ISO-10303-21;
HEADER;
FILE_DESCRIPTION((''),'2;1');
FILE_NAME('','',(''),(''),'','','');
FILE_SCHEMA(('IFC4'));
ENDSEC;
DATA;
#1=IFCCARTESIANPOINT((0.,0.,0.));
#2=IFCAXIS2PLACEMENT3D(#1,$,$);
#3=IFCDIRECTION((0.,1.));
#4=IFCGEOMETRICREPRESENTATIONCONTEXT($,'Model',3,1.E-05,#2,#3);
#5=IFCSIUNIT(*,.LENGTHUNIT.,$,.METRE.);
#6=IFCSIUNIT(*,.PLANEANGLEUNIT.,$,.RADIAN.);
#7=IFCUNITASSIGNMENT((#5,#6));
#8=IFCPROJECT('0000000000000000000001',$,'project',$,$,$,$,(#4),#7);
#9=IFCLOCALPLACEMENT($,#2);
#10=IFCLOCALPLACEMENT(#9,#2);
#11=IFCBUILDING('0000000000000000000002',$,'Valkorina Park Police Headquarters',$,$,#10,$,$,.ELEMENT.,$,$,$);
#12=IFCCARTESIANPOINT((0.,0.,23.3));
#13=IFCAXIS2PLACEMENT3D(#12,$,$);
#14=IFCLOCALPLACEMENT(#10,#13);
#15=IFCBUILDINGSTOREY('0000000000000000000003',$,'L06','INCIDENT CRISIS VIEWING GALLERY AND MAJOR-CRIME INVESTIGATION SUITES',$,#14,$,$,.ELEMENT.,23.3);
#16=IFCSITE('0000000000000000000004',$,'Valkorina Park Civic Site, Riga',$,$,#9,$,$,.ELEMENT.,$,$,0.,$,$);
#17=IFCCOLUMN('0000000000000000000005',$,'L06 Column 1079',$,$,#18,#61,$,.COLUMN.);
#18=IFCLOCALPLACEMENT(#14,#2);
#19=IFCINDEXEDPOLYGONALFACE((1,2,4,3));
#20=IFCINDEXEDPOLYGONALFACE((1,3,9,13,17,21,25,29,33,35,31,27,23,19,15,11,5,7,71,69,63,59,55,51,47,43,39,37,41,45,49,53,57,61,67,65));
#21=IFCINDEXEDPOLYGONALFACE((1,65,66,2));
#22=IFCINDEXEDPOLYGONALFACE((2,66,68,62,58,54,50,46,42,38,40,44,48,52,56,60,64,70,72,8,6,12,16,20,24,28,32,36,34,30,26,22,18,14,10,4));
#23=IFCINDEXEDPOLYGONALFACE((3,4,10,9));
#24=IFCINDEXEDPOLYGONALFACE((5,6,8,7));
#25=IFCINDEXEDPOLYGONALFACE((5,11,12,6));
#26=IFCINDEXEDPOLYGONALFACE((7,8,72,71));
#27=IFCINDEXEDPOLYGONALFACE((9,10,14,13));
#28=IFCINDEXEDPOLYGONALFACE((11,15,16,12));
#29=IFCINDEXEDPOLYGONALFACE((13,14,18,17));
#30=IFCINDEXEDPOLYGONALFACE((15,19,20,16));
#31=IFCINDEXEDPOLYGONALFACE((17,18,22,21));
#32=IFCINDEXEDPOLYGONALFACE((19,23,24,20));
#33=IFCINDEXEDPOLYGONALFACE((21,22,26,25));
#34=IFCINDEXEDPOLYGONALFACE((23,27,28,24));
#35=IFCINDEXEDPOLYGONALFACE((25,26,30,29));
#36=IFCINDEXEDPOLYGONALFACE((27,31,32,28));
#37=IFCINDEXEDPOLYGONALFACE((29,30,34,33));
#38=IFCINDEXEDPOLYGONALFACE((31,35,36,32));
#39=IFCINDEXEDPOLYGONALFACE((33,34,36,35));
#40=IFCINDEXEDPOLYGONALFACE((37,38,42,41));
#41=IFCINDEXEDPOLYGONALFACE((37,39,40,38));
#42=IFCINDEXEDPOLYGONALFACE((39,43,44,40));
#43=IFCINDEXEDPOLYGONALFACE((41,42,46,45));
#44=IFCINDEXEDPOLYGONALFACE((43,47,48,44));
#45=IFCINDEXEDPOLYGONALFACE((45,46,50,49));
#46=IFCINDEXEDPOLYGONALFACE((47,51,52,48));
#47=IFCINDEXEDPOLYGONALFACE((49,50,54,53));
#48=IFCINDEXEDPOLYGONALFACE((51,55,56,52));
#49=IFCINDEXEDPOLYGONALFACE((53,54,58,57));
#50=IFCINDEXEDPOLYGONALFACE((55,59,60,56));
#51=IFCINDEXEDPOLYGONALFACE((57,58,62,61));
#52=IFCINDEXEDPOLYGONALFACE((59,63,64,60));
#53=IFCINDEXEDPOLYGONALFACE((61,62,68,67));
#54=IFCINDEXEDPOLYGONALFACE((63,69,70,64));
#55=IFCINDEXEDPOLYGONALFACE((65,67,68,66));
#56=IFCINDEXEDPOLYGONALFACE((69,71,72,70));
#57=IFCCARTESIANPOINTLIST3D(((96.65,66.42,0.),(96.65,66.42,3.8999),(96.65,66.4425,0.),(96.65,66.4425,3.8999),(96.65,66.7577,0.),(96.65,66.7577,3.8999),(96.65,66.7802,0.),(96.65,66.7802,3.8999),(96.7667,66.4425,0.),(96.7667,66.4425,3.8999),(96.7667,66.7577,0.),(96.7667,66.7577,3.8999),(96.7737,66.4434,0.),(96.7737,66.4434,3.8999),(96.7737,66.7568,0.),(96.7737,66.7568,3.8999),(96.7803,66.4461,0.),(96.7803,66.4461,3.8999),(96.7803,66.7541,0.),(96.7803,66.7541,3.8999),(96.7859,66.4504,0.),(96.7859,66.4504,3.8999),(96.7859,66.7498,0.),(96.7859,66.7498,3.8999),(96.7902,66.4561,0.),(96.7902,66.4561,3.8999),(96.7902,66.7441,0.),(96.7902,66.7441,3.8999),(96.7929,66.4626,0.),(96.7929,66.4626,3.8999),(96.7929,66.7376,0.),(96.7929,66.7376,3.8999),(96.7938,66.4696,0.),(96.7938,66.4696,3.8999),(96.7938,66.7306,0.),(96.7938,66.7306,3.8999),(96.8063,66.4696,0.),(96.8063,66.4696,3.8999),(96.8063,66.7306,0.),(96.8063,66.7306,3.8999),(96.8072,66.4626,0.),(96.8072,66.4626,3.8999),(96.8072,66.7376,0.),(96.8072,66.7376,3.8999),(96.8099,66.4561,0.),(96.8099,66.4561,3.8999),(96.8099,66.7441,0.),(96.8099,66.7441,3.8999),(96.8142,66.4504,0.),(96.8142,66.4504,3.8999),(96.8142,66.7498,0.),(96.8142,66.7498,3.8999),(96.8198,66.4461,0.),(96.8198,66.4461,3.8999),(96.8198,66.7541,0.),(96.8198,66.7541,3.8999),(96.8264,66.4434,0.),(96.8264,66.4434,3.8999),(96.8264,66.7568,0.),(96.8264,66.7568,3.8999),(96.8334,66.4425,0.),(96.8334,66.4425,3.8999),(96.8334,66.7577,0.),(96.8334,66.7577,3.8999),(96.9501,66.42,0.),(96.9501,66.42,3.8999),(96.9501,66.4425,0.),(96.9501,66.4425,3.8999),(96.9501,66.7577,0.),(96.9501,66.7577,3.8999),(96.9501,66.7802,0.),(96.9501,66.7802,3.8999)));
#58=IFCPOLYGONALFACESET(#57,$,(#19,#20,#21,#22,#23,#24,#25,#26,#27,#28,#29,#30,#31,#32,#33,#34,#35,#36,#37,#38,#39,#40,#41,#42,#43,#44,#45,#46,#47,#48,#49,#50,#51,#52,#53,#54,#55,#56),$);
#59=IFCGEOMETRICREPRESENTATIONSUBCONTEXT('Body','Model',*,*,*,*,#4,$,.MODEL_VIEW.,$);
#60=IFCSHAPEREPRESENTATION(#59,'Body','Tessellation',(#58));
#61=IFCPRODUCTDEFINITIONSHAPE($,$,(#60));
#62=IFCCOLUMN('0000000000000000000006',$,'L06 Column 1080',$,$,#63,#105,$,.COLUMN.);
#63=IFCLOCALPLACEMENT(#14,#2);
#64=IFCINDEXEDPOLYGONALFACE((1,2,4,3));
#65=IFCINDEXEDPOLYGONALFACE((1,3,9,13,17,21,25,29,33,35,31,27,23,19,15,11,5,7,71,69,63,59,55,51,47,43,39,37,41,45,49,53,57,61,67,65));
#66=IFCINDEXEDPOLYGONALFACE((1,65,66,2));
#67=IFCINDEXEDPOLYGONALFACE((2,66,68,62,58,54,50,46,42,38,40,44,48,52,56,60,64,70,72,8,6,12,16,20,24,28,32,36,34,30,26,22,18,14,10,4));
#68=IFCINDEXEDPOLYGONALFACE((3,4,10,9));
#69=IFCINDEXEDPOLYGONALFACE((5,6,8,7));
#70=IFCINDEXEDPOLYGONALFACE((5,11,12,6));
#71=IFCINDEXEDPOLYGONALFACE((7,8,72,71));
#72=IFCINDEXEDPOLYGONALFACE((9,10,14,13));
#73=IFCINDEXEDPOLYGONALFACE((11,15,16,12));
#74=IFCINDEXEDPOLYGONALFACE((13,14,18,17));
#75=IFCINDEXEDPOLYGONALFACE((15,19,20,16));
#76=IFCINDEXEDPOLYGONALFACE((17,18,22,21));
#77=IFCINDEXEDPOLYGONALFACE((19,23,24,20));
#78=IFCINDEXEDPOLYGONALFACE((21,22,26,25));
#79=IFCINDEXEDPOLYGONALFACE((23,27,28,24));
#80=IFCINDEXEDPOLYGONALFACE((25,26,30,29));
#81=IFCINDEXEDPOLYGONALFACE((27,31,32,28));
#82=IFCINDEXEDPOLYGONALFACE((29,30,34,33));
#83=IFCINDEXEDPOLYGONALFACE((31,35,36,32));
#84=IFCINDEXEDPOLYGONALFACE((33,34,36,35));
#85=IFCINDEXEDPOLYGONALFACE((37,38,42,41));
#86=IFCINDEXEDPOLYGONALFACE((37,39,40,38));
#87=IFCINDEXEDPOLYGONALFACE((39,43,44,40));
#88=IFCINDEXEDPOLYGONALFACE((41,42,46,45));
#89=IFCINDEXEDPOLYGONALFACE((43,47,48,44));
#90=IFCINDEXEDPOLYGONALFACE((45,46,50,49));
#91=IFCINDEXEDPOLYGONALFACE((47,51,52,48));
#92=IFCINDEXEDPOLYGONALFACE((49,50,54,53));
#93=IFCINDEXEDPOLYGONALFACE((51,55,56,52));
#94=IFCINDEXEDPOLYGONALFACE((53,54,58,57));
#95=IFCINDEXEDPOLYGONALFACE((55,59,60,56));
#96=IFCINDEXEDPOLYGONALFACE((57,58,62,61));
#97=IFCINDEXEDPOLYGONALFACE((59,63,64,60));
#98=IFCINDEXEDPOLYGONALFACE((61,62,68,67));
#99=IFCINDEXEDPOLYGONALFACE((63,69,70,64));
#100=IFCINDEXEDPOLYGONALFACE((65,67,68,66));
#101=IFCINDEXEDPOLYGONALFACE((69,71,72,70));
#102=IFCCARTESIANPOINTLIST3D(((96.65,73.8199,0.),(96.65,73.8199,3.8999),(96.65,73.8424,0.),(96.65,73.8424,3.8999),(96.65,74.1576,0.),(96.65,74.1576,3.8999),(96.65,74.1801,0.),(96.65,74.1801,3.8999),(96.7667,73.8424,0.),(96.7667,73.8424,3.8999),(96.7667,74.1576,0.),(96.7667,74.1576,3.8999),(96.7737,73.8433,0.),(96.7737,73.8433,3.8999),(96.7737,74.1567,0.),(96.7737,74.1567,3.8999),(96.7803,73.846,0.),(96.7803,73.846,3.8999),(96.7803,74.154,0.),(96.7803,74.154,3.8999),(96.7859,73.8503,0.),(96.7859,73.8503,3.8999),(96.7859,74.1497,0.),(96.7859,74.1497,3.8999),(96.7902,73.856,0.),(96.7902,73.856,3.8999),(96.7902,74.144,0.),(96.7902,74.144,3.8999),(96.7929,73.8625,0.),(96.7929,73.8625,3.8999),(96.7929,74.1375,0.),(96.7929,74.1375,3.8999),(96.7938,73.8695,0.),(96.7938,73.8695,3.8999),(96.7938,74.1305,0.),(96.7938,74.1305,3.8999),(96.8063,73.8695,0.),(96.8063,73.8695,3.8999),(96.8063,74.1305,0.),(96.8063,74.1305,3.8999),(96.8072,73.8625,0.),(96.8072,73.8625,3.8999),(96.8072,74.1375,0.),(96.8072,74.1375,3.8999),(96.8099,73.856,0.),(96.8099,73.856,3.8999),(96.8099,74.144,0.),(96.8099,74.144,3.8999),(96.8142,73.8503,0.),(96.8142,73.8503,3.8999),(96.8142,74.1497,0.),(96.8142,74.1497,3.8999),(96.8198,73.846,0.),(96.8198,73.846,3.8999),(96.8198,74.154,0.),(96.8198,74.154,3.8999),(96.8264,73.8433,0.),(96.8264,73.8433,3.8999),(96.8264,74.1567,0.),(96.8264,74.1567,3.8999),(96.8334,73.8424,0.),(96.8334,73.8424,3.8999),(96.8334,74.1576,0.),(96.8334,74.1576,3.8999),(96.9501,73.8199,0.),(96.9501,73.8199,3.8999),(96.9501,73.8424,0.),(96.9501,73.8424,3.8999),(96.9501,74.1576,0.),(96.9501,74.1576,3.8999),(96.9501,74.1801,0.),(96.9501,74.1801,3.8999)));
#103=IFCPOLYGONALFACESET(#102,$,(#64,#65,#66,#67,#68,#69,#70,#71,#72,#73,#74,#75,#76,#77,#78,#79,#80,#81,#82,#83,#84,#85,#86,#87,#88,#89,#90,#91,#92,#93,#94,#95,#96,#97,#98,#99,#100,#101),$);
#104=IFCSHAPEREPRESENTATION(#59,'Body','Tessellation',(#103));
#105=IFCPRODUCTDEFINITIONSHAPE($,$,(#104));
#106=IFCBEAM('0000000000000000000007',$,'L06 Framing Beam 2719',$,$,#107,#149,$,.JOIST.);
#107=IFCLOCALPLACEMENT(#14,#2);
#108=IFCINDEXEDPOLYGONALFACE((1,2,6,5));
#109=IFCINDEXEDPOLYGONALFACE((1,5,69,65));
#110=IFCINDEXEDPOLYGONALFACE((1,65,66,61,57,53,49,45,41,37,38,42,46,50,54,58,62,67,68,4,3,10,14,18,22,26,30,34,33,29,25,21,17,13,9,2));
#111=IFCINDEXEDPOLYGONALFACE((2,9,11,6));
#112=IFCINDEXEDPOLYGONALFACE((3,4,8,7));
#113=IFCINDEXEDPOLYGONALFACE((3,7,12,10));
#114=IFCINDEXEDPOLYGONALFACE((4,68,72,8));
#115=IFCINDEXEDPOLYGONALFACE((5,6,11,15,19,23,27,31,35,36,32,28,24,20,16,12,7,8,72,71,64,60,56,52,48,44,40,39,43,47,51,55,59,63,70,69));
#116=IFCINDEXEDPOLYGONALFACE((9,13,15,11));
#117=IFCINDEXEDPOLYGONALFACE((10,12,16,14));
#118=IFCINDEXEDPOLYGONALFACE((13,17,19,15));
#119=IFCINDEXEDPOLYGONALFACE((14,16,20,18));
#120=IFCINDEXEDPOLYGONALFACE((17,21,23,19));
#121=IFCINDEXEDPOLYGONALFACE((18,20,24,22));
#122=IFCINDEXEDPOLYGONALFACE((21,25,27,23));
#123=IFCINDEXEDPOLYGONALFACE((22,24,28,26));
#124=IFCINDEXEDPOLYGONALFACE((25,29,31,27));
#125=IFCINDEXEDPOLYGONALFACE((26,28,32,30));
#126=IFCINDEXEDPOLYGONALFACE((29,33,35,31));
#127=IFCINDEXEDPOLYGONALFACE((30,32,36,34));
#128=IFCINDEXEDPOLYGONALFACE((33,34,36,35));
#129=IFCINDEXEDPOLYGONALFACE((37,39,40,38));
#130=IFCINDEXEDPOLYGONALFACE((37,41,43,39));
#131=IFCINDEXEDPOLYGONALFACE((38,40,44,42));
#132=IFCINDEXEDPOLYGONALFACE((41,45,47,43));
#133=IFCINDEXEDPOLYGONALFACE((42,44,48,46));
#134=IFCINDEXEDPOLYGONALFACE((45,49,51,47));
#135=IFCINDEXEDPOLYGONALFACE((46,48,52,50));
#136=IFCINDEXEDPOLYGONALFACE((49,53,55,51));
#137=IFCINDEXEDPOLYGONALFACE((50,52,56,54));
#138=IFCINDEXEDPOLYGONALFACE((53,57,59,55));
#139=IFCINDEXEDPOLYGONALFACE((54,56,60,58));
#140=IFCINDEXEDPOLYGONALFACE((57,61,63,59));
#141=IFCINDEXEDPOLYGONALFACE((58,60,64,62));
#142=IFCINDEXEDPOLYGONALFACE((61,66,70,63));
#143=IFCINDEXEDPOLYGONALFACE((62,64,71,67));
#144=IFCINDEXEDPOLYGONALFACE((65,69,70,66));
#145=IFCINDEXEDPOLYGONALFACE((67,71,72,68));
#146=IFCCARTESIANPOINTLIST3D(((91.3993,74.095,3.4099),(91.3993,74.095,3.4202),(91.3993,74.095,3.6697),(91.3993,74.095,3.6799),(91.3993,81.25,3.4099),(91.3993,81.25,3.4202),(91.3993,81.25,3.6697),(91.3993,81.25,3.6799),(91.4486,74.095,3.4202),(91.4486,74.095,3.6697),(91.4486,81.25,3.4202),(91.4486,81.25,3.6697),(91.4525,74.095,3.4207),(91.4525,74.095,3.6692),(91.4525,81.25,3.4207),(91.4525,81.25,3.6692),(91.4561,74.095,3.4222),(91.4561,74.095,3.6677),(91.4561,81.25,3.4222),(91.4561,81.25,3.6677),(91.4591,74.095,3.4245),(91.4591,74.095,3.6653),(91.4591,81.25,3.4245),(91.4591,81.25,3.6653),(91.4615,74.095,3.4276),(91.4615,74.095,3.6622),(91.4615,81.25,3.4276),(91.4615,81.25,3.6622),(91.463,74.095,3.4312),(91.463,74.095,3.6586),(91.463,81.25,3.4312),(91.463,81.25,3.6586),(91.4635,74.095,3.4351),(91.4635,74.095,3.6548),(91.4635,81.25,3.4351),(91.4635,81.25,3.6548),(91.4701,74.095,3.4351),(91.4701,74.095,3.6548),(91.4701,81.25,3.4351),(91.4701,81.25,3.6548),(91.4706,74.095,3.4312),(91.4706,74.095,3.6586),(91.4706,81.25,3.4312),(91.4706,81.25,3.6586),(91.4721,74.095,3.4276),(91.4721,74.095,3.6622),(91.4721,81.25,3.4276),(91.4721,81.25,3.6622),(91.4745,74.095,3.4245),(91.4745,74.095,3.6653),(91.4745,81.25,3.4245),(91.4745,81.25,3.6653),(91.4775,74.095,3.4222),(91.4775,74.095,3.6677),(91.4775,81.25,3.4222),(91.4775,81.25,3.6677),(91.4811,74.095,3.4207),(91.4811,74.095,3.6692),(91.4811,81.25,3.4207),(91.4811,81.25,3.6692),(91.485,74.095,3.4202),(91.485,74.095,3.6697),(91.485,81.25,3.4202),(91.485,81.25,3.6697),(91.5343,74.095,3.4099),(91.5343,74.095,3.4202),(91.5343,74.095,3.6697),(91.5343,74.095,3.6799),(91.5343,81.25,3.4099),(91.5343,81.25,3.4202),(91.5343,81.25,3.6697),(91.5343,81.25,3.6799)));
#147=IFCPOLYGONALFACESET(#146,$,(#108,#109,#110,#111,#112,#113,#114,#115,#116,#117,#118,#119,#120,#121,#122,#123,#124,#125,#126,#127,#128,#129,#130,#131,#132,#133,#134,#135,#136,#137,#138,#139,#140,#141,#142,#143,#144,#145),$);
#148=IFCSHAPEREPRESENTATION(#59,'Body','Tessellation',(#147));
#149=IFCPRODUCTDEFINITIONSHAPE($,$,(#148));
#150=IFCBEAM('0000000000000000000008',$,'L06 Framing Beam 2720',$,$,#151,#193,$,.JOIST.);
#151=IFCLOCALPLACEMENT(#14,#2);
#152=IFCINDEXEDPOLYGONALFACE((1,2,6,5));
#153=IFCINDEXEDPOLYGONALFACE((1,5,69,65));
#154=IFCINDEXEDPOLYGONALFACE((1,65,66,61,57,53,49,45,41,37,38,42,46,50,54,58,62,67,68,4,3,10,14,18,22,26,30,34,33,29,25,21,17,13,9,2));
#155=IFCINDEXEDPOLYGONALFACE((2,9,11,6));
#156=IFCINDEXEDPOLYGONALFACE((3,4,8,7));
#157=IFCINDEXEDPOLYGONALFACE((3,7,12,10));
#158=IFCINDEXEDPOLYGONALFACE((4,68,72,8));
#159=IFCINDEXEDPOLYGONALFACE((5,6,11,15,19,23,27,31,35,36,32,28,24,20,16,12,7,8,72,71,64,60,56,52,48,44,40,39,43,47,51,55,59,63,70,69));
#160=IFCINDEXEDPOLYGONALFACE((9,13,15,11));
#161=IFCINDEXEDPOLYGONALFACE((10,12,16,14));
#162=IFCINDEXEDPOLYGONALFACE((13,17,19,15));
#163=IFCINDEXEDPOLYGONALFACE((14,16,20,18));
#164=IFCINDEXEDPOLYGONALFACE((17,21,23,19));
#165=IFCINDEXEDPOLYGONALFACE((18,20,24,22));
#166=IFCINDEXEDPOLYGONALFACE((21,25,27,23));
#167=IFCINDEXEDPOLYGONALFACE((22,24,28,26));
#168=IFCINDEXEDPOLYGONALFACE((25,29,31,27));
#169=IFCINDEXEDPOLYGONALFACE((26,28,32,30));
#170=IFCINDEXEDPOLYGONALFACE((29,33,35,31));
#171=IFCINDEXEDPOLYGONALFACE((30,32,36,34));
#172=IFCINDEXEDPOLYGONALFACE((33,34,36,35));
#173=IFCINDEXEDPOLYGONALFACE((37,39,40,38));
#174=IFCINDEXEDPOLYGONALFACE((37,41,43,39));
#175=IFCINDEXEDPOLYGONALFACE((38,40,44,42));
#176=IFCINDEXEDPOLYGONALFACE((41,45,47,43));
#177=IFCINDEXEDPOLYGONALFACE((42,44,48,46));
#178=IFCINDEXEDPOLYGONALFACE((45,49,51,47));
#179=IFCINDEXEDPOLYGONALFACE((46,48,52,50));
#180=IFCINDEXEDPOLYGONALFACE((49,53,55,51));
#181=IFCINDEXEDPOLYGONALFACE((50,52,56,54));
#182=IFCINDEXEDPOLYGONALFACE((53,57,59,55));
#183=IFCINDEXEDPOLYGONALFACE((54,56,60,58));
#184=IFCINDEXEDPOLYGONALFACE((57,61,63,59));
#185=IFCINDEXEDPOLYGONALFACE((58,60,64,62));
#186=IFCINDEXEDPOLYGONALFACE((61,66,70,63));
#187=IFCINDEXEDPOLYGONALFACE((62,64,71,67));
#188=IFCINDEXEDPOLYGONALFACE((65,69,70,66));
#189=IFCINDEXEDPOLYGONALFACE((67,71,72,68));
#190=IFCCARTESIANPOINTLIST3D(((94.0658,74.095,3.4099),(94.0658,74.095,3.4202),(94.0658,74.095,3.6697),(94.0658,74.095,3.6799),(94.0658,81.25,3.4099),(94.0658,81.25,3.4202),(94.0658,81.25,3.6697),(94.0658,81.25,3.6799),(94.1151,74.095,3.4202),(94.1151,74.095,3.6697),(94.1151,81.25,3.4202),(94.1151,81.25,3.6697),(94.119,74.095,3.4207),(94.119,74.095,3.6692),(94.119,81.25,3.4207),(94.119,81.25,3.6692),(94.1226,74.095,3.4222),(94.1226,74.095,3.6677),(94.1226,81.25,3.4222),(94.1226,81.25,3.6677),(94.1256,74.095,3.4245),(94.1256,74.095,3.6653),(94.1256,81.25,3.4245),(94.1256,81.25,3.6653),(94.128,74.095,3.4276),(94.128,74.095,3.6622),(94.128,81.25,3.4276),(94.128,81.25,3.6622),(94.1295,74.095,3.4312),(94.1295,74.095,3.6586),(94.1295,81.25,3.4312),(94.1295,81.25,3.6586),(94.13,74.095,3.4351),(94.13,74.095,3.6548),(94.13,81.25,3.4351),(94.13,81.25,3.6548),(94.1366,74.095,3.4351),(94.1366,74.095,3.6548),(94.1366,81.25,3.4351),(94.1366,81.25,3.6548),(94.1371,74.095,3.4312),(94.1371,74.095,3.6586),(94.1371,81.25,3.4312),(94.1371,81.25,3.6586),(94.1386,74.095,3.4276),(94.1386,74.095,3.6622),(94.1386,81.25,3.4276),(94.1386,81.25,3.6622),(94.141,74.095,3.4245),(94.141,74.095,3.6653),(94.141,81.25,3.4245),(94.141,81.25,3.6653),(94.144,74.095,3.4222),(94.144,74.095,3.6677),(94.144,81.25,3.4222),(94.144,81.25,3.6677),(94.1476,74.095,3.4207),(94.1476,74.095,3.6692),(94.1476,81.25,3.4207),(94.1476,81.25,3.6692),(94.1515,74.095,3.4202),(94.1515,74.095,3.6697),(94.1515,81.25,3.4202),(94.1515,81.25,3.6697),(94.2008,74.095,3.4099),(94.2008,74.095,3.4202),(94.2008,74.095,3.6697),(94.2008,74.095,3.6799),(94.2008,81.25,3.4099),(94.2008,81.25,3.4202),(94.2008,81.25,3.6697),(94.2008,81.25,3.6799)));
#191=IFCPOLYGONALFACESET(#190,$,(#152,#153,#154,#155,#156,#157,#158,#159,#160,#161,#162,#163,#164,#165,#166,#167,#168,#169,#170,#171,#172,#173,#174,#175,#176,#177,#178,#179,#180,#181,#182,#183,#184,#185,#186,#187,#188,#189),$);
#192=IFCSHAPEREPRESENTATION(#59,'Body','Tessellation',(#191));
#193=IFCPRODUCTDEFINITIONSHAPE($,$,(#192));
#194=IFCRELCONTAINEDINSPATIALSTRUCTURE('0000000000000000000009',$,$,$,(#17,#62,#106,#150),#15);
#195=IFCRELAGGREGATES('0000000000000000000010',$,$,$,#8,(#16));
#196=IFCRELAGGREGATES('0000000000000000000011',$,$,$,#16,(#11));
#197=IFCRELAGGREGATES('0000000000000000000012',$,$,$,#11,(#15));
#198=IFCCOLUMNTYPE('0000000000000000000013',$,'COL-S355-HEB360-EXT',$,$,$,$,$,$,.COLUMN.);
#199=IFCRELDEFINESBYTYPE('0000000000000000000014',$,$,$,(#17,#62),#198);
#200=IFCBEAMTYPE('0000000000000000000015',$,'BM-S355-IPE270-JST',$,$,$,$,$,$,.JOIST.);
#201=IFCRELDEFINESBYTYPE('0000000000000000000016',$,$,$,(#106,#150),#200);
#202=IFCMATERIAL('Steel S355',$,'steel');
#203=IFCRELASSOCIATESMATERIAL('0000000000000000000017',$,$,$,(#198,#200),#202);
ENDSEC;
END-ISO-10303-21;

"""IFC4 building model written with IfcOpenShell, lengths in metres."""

from ifc_helpers import new_model, si_unit, direction, frame, origin, origin_2d, place, context, subcontext, project, spatial, i_section, extrude, material, material_profile, profile_set, type_object, element, save


model = new_model("IFC4")

# Units and contexts
model_context = context("Model", 3, precision=1e-05, world=origin(), true_north=direction((0.0, 1.0)))
body_context = subcontext(model_context, "Body", "Model", "MODEL_VIEW")
ifc_project = project(units=[si_unit("LENGTHUNIT", "METRE"), si_unit("PLANEANGLEUNIT", "RADIAN")], contexts=[model_context])

# Site, building, storey
site_placement = place(None, origin())
site = spatial("IfcSite", under=ifc_project, at=site_placement, Name="Valkorina Park Civic Site, Riga", CompositionType="ELEMENT", RefElevation=0.0)
building_placement = place(site_placement, origin())
building = spatial("IfcBuilding", under=site, at=building_placement, Name="Valkorina Park Police Headquarters", CompositionType="ELEMENT")
storey_placement = place(building_placement, frame((0.0, 0.0, 23.3)))
storey = spatial("IfcBuildingStorey", under=building, at=storey_placement, Name="L06", Description="INCIDENT CRISIS VIEWING GALLERY AND MAJOR-CRIME INVESTIGATION SUITES", CompositionType="ELEMENT", Elevation=23.3)

# Columns
ifc_material_1 = material(Name="Steel S355", Category="steel")
ifc_material_profile_1 = material_profile(ifc_material_1, i_section(OverallWidth=0.3, OverallDepth=0.3601, WebThickness=0.0125, FlangeThickness=0.0225, FilletRadius=0.0271, at=origin_2d()), Name="HEB 360")
ifc_profile_set_1 = profile_set([ifc_material_profile_1], Name="Steel S355")
column_type = type_object("IfcColumnType", Name="COL-S355-HEB360-EXT", PredefinedType="COLUMN", material=ifc_profile_set_1)
for number, where, z_axis, x_axis, name in (
    (1, (96.8, 66.6001, 0.0), (0.0, 0.0, 1.0), (1.0, 0.0, 0.0), "L06 Column 1079"),
    (2, (96.8, 74.0, 0.0), (0.0, 0.0, 1.0), (1.0, 0.0, 0.0), "L06 Column 1080"),
):
    element("IfcColumn", number, at=place(storey_placement, frame(where, z_axis=z_axis, x_axis=x_axis)), inside=storey, type_object=column_type, Name=name, PredefinedType="COLUMN", context=body_context, shape_type="SweptSolid", body=[
        extrude(i_section(OverallWidth=0.3, OverallDepth=0.3601, WebThickness=0.0125, FlangeThickness=0.0225, FilletRadius=0.0271, at=origin_2d()), origin(), (0.0, 0.0, 1.0), 3.8999),
    ])

# Beams
ifc_material_profile_2 = material_profile(ifc_material_1, i_section(OverallWidth=0.135, OverallDepth=0.27, WebThickness=0.0066, FlangeThickness=0.0103, FilletRadius=0.0149, at=origin_2d()), Name="IPE 270")
ifc_profile_set_2 = profile_set([ifc_material_profile_2], Name="Steel S355")
beam_type = type_object("IfcBeamType", Name="BM-S355-IPE270-JST", PredefinedType="JOIST", material=ifc_profile_set_2)
for number, where, z_axis, x_axis, name in (
    (3, (91.4668, 74.095, 3.5449), (0.0, 1.0, 0.0), (-1.0, 0.0, 0.0), "L06 Framing Beam 2719"),
    (4, (94.1333, 74.095, 3.5449), (0.0, 1.0, 0.0), (-1.0, 0.0, 0.0), "L06 Framing Beam 2720"),
):
    element("IfcBeam", number, at=place(storey_placement, frame(where, z_axis=z_axis, x_axis=x_axis)), inside=storey, type_object=beam_type, Name=name, PredefinedType="JOIST", context=body_context, shape_type="SweptSolid", body=[
        extrude(i_section(OverallWidth=0.135, OverallDepth=0.27, WebThickness=0.0066, FlangeThickness=0.0103, FilletRadius=0.0149, at=origin_2d()), origin(), (0.0, 0.0, 1.0), 7.155),
    ])

save(model, "model.ifc")
